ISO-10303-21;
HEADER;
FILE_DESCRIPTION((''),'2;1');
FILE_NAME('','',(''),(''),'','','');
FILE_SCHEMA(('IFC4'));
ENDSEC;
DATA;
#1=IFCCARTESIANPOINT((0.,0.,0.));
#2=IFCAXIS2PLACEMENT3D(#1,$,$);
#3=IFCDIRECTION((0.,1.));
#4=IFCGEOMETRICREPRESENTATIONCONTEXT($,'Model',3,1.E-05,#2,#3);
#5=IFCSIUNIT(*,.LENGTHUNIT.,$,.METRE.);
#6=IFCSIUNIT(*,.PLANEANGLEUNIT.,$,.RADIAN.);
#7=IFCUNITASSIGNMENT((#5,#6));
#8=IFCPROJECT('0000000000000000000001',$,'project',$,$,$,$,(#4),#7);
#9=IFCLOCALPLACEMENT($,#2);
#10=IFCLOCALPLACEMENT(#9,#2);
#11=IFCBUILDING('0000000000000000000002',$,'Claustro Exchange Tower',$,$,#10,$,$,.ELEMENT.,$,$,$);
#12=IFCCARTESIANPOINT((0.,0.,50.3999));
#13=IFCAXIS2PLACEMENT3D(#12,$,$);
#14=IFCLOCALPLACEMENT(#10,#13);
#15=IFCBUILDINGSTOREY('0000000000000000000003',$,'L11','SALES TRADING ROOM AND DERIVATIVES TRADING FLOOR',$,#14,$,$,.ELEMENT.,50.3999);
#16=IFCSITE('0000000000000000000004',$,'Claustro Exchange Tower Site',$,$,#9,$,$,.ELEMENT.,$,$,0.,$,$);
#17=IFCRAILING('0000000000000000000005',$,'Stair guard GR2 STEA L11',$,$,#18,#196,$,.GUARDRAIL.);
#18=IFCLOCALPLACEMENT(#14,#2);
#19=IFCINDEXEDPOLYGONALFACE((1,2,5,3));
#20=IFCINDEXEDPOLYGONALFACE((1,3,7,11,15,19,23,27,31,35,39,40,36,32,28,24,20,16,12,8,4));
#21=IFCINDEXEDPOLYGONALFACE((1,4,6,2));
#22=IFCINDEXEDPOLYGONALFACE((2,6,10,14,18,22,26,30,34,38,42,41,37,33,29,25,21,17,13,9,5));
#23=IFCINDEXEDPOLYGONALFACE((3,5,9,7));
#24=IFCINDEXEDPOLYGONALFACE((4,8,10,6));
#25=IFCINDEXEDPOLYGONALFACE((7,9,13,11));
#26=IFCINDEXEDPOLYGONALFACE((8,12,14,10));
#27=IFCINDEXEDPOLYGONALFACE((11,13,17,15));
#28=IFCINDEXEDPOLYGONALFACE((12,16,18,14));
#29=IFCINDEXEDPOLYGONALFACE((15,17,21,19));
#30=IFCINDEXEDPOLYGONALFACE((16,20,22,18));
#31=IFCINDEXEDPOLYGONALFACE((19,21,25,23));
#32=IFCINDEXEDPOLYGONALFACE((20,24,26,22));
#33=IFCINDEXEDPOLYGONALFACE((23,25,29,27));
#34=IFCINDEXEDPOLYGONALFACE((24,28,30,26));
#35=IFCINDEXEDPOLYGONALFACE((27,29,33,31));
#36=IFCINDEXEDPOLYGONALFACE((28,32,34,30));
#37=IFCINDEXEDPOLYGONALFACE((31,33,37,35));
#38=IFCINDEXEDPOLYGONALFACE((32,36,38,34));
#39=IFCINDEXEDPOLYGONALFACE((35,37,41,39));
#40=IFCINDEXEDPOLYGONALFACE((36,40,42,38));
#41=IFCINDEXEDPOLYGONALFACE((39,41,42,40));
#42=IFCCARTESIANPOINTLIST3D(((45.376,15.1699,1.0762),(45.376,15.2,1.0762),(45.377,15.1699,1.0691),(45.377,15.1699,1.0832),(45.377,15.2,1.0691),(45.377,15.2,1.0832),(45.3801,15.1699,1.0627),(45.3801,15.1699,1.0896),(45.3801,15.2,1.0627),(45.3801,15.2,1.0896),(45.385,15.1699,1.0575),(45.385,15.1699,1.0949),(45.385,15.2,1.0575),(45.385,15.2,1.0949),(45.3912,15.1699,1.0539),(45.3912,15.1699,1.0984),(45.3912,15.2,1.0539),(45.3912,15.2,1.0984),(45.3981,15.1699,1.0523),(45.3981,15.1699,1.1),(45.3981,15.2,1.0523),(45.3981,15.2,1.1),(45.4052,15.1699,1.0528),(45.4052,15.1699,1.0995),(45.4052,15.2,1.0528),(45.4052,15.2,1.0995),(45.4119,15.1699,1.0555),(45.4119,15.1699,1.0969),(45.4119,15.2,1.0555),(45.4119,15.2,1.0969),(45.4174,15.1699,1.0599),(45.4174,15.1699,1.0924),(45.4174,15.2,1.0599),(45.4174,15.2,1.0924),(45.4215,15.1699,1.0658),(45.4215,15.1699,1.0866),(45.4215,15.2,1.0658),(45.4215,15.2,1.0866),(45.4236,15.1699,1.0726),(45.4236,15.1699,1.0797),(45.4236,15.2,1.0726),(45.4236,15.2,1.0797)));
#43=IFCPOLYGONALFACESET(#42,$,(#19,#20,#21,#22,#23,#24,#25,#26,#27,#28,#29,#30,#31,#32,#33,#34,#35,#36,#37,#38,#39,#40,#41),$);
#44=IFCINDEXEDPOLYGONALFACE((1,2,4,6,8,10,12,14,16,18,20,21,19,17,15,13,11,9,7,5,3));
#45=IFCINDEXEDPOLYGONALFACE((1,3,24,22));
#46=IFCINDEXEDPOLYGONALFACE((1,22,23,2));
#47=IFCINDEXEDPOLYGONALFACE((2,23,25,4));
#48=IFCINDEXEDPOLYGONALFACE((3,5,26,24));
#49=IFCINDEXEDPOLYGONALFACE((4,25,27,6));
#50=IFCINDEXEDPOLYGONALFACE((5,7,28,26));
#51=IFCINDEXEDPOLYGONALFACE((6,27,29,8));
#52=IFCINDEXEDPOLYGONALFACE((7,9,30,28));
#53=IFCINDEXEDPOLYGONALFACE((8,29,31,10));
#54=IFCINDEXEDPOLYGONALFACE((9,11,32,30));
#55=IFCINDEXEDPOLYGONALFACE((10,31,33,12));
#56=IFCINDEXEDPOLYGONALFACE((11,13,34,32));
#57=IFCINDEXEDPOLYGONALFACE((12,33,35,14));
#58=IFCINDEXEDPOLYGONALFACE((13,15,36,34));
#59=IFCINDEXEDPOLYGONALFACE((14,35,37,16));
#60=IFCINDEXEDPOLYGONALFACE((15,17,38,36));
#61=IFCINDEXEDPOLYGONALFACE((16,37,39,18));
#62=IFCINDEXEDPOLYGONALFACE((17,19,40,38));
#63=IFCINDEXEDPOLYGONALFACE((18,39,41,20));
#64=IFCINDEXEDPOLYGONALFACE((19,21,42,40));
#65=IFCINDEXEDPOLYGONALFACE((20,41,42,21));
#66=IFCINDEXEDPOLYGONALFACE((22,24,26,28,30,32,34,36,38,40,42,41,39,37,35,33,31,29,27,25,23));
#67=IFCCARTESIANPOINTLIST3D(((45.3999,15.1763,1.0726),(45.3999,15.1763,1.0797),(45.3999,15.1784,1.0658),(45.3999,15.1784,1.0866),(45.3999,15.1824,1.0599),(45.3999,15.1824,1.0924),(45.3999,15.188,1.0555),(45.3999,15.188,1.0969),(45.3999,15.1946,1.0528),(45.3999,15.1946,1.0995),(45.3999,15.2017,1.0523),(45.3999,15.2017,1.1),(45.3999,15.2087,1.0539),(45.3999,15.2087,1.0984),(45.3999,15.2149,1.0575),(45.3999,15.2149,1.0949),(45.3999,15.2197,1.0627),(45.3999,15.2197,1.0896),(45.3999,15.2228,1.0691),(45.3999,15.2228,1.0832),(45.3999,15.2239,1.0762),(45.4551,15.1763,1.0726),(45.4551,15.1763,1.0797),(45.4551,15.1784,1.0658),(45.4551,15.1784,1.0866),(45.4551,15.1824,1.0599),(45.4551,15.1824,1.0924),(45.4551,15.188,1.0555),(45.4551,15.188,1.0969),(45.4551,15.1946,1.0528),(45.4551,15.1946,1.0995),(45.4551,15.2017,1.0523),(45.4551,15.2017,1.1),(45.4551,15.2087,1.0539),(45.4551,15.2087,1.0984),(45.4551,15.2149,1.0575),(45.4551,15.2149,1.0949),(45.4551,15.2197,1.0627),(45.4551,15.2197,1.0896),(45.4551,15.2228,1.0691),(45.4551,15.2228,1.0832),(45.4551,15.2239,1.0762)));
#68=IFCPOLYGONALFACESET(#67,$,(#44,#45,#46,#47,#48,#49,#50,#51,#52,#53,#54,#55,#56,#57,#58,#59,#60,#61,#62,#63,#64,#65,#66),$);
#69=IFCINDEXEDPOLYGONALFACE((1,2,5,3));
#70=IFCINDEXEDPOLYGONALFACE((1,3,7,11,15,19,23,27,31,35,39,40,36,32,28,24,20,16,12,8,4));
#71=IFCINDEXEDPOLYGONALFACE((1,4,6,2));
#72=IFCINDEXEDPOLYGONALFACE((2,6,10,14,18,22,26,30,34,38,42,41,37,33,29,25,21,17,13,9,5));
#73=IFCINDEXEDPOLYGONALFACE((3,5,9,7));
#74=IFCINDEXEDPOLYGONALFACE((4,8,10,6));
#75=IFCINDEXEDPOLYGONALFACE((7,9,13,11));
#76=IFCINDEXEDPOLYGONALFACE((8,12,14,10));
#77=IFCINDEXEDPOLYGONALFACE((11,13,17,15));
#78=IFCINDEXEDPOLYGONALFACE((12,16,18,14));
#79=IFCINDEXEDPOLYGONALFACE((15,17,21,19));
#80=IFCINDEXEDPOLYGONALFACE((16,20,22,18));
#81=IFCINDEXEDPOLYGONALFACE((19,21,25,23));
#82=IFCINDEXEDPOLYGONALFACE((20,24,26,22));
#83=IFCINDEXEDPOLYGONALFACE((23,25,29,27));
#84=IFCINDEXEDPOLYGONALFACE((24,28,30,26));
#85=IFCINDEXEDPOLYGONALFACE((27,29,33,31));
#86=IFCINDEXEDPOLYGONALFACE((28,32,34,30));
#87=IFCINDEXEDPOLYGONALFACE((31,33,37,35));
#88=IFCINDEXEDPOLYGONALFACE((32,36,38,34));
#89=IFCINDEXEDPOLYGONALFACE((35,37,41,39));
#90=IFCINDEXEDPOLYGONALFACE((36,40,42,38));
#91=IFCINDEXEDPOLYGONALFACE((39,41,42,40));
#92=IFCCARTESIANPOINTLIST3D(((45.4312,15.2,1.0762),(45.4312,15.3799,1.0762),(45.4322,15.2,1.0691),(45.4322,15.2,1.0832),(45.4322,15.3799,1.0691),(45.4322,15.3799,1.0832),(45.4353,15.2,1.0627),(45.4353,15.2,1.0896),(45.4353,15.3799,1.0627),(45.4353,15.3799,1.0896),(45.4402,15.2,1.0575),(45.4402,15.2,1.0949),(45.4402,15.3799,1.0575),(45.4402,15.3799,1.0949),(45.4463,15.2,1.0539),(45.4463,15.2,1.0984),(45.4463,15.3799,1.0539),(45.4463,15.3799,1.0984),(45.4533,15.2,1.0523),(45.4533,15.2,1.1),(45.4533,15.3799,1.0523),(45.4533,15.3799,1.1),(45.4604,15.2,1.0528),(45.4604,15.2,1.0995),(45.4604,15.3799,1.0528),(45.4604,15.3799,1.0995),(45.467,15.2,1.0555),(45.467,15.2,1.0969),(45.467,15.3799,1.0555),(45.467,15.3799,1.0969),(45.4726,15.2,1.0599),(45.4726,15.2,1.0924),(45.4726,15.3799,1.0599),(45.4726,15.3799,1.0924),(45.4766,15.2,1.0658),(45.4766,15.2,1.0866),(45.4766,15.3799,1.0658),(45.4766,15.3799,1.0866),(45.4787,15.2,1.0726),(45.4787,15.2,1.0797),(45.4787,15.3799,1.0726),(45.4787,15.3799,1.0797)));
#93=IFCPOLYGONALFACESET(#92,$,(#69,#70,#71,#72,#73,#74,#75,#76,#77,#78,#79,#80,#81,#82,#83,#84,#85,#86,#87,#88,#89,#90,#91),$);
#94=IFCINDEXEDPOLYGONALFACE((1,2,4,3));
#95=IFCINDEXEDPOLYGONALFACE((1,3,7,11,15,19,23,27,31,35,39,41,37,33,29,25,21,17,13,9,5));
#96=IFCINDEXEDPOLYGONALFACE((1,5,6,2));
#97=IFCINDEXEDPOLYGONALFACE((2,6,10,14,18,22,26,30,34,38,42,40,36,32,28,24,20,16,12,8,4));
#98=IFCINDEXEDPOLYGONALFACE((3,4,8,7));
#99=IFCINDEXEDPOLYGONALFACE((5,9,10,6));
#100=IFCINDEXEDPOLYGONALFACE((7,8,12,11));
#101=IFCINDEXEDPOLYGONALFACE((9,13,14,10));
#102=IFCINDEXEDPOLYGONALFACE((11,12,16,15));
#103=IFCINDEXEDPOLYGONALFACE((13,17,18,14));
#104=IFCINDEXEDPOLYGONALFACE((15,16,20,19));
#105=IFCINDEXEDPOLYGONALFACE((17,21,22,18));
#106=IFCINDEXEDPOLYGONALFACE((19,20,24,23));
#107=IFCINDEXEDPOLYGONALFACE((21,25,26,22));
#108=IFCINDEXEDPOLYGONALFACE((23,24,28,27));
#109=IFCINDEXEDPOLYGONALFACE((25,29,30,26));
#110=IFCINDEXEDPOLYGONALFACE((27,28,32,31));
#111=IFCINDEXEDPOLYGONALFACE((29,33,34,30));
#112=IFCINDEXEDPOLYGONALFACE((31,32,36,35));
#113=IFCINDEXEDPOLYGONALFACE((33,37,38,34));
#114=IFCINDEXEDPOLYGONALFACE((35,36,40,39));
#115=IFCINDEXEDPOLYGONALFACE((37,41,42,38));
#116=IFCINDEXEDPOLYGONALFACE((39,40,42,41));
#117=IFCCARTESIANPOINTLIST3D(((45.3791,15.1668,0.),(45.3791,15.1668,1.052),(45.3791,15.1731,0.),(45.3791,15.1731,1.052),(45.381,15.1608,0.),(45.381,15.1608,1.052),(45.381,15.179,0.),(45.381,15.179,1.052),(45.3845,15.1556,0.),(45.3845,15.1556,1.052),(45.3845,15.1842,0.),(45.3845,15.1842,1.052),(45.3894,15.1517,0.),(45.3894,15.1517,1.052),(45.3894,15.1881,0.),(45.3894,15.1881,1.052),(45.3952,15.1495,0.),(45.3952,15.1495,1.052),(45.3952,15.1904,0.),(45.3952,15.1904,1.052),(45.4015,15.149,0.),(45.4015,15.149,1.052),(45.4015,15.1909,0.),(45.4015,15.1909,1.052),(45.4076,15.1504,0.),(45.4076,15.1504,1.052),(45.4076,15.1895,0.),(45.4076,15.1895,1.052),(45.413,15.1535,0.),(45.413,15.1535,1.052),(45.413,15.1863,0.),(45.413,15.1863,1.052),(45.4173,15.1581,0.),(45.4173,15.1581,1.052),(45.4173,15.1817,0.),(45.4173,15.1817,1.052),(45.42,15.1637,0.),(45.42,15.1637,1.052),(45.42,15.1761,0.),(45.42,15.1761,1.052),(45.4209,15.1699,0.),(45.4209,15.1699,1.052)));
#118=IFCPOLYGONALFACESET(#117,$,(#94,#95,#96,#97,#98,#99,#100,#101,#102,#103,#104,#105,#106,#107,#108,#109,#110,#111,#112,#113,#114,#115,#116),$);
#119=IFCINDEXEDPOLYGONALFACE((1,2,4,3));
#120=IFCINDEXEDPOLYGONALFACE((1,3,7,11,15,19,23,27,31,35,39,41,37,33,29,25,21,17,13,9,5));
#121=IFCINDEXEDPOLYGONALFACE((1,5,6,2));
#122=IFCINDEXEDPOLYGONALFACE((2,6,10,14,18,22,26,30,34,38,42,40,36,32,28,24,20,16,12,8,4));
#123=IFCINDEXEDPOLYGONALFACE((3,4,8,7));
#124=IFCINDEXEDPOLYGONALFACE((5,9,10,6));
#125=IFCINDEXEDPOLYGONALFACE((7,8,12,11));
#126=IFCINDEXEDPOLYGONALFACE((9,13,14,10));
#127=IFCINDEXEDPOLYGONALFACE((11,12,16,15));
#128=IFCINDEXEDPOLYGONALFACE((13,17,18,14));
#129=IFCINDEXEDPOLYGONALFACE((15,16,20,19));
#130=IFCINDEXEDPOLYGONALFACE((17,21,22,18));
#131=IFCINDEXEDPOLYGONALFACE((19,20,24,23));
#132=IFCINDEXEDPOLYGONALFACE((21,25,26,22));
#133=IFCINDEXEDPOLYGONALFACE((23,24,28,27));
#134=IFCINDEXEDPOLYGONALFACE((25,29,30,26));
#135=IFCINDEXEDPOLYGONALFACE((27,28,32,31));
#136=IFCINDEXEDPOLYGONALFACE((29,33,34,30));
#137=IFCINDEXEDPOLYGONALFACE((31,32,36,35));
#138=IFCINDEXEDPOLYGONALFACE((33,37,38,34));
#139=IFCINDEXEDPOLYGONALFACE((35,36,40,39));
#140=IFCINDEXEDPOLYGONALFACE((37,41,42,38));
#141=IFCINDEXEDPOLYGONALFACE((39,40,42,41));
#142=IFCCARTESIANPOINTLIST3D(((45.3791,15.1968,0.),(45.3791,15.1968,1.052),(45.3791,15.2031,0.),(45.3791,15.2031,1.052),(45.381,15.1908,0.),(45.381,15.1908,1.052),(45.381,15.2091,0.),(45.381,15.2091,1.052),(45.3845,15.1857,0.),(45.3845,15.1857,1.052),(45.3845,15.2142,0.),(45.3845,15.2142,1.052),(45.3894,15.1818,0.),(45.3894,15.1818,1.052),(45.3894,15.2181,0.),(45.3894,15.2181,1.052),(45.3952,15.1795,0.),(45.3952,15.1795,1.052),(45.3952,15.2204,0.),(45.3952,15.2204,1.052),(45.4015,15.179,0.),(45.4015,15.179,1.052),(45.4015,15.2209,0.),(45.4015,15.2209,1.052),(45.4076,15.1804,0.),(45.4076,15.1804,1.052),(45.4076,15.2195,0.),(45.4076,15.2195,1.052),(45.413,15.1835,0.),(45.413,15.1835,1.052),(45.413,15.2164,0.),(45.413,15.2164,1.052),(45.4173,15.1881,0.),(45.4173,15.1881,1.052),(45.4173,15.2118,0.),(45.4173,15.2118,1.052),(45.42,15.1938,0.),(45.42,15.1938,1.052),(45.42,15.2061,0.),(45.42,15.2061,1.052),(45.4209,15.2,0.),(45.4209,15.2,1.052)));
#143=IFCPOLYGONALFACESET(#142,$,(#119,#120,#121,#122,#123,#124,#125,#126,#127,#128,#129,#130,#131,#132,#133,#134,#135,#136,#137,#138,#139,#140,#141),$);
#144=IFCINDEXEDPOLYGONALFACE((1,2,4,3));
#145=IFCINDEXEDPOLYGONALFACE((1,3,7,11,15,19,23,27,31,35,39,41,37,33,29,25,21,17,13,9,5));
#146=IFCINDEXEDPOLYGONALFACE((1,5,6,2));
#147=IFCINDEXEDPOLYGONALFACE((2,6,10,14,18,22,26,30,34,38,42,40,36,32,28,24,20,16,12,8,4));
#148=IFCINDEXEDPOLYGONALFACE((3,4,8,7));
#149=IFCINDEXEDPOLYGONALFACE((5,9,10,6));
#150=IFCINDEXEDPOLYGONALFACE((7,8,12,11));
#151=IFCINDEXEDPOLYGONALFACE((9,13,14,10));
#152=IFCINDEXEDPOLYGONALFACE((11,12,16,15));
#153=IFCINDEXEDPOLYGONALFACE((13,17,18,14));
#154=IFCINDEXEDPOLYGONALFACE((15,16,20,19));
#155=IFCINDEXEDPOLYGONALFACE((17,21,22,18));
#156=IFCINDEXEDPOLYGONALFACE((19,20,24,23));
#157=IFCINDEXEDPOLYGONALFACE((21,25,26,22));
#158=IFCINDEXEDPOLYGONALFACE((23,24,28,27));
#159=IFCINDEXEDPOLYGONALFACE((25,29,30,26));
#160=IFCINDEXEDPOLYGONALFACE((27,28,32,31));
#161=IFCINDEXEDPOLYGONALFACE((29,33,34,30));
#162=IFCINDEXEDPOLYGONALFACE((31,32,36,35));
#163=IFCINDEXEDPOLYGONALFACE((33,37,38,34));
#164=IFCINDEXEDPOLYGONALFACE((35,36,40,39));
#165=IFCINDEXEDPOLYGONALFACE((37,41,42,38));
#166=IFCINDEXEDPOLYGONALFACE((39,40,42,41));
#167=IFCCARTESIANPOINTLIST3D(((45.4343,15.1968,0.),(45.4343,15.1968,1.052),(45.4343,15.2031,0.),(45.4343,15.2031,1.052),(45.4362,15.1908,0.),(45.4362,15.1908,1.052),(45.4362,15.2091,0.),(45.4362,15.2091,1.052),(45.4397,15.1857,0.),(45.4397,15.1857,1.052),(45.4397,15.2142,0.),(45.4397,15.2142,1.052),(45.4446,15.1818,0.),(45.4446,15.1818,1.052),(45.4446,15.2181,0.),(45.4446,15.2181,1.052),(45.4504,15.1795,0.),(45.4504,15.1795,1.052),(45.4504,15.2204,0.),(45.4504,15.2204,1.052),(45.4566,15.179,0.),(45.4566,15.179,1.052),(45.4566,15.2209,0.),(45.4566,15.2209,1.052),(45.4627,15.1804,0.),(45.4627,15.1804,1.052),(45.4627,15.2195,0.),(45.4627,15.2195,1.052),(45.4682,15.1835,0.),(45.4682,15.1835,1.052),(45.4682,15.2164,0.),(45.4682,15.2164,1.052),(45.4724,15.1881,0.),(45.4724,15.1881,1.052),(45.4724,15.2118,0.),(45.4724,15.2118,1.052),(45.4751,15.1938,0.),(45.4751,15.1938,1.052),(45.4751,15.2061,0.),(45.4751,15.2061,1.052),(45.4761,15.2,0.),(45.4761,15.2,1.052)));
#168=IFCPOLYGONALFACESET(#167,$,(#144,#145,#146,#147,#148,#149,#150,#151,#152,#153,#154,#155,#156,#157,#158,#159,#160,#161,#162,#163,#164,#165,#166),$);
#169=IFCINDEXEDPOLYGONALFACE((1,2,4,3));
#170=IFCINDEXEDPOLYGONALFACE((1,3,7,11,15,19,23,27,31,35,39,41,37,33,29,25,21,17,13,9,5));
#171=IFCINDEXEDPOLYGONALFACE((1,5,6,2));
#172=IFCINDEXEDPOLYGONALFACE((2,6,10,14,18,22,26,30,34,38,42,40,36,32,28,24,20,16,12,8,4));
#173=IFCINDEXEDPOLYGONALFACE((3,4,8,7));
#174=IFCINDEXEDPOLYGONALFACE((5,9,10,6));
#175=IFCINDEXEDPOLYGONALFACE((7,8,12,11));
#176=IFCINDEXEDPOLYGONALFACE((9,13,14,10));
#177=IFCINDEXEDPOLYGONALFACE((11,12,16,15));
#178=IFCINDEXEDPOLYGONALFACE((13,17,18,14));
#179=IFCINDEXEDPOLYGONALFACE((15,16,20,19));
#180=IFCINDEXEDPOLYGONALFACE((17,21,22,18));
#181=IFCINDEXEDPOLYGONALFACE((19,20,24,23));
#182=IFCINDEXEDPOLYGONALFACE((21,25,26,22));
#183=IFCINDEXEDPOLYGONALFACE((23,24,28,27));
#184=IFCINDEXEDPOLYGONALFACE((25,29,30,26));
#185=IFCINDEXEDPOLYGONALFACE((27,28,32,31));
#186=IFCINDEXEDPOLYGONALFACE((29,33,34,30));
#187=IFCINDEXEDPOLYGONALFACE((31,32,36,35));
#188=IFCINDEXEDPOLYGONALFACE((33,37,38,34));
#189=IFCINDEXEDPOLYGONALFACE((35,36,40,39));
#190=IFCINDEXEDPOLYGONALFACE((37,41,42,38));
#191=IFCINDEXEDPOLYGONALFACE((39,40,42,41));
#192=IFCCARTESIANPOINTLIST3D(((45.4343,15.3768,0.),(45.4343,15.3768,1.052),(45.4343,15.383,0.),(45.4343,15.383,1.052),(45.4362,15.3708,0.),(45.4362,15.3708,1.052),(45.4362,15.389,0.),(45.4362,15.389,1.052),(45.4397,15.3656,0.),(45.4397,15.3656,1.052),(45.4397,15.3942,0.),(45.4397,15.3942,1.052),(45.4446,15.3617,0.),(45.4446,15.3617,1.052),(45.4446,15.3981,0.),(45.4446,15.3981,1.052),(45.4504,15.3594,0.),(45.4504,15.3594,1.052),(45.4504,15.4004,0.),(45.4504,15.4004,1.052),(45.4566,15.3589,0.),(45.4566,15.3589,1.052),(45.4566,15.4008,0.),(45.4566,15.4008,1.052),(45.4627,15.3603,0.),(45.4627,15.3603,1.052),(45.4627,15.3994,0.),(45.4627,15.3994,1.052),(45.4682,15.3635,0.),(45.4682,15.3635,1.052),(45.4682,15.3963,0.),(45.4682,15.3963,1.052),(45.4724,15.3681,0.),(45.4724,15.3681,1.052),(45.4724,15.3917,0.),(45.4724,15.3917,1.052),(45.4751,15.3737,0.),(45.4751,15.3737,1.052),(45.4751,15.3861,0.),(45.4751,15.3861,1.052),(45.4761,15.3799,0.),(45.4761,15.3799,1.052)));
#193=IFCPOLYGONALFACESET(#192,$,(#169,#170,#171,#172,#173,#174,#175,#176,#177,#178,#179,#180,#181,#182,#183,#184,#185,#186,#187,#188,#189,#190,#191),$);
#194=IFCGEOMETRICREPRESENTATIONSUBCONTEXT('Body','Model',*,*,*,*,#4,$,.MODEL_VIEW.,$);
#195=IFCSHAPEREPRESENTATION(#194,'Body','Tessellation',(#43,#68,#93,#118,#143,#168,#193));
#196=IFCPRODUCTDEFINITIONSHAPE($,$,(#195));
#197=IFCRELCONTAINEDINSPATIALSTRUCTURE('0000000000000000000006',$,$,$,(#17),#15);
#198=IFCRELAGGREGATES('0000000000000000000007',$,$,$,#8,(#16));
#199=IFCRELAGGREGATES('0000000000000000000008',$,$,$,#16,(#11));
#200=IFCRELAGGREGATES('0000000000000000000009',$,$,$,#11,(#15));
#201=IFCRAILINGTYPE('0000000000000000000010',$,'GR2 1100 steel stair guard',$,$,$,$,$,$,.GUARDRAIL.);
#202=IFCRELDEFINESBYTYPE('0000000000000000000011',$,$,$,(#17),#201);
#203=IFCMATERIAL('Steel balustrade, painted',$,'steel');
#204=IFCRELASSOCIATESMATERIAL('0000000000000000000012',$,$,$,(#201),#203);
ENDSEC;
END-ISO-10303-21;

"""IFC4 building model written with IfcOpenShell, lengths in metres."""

from ifc_helpers import new_model, si_unit, direction, frame, origin, origin_2d, place, context, subcontext, project, spatial, circle, extrude, material, type_object, element, save


model = new_model("IFC4")

# Units and contexts
model_context = context("Model", 3, precision=1e-05, world=origin(), true_north=direction((0.0, 1.0)))
body_context = subcontext(model_context, "Body", "Model", "MODEL_VIEW")
ifc_project = project(units=[si_unit("LENGTHUNIT", "METRE"), si_unit("PLANEANGLEUNIT", "RADIAN")], contexts=[model_context])

# Site, building, storey
site_placement = place(None, origin())
site = spatial("IfcSite", under=ifc_project, at=site_placement, Name="Claustro Exchange Tower Site", CompositionType="ELEMENT", RefElevation=0.0)
building_placement = place(site_placement, origin())
building = spatial("IfcBuilding", under=site, at=building_placement, Name="Claustro Exchange Tower", CompositionType="ELEMENT")
storey_placement = place(building_placement, frame((0.0, 0.0, 50.3999)))
storey = spatial("IfcBuildingStorey", under=building, at=storey_placement, Name="L11", Description="SALES TRADING ROOM AND DERIVATIVES TRADING FLOOR", CompositionType="ELEMENT", Elevation=50.3999)

# Railing
ifc_material_1 = material(Name="Steel balustrade, painted", Category="steel")
railing_type_1 = type_object("IfcRailingType", Name="GR2 1100 steel stair guard", PredefinedType="GUARDRAIL", material=ifc_material_1)
railing_1_placement = place(storey_placement, frame((45.3999, 15.1699, 0.0)))
element("IfcRailing", 1, at=railing_1_placement, inside=storey, type_object=railing_type_1, Name="Stair guard GR2 STEA L11", PredefinedType="GUARDRAIL", context=body_context, shape_type="SweptSolid", body=[
    extrude(circle(Radius=0.0239, at=origin_2d()), frame((0.0, 0.0, 1.0762), z_axis=(0.0, 1.0, 0.0), x_axis=(-1.0, 0.0, 0.0)), (0.0, 0.0, 1.0), 0.03),
    extrude(circle(Radius=0.0239, at=origin_2d()), frame((0.0, 0.03, 1.0762), z_axis=(1.0, 0.0, 0.0), x_axis=(0.0, 1.0, 0.0)), (0.0, 0.0, 1.0), 0.0552),
    extrude(circle(Radius=0.0239, at=origin_2d()), frame((0.0552, 0.03, 1.0762), z_axis=(0.0, 1.0, 0.0), x_axis=(-1.0, 0.0, 0.0)), (0.0, 0.0, 1.0), 0.1799),
    extrude(circle(Radius=0.021, at=origin_2d()), origin(), (0.0, 0.0, 1.0), 1.052),
    extrude(circle(Radius=0.021, at=origin_2d()), frame((0.0, 0.03, 0.0)), (0.0, 0.0, 1.0), 1.052),
    extrude(circle(Radius=0.021, at=origin_2d()), frame((0.0552, 0.03, 0.0)), (0.0, 0.0, 1.0), 1.052),
    extrude(circle(Radius=0.021, at=origin_2d()), frame((0.0552, 0.21, 0.0)), (0.0, 0.0, 1.0), 1.052),
])

save(model, "model.ifc")
